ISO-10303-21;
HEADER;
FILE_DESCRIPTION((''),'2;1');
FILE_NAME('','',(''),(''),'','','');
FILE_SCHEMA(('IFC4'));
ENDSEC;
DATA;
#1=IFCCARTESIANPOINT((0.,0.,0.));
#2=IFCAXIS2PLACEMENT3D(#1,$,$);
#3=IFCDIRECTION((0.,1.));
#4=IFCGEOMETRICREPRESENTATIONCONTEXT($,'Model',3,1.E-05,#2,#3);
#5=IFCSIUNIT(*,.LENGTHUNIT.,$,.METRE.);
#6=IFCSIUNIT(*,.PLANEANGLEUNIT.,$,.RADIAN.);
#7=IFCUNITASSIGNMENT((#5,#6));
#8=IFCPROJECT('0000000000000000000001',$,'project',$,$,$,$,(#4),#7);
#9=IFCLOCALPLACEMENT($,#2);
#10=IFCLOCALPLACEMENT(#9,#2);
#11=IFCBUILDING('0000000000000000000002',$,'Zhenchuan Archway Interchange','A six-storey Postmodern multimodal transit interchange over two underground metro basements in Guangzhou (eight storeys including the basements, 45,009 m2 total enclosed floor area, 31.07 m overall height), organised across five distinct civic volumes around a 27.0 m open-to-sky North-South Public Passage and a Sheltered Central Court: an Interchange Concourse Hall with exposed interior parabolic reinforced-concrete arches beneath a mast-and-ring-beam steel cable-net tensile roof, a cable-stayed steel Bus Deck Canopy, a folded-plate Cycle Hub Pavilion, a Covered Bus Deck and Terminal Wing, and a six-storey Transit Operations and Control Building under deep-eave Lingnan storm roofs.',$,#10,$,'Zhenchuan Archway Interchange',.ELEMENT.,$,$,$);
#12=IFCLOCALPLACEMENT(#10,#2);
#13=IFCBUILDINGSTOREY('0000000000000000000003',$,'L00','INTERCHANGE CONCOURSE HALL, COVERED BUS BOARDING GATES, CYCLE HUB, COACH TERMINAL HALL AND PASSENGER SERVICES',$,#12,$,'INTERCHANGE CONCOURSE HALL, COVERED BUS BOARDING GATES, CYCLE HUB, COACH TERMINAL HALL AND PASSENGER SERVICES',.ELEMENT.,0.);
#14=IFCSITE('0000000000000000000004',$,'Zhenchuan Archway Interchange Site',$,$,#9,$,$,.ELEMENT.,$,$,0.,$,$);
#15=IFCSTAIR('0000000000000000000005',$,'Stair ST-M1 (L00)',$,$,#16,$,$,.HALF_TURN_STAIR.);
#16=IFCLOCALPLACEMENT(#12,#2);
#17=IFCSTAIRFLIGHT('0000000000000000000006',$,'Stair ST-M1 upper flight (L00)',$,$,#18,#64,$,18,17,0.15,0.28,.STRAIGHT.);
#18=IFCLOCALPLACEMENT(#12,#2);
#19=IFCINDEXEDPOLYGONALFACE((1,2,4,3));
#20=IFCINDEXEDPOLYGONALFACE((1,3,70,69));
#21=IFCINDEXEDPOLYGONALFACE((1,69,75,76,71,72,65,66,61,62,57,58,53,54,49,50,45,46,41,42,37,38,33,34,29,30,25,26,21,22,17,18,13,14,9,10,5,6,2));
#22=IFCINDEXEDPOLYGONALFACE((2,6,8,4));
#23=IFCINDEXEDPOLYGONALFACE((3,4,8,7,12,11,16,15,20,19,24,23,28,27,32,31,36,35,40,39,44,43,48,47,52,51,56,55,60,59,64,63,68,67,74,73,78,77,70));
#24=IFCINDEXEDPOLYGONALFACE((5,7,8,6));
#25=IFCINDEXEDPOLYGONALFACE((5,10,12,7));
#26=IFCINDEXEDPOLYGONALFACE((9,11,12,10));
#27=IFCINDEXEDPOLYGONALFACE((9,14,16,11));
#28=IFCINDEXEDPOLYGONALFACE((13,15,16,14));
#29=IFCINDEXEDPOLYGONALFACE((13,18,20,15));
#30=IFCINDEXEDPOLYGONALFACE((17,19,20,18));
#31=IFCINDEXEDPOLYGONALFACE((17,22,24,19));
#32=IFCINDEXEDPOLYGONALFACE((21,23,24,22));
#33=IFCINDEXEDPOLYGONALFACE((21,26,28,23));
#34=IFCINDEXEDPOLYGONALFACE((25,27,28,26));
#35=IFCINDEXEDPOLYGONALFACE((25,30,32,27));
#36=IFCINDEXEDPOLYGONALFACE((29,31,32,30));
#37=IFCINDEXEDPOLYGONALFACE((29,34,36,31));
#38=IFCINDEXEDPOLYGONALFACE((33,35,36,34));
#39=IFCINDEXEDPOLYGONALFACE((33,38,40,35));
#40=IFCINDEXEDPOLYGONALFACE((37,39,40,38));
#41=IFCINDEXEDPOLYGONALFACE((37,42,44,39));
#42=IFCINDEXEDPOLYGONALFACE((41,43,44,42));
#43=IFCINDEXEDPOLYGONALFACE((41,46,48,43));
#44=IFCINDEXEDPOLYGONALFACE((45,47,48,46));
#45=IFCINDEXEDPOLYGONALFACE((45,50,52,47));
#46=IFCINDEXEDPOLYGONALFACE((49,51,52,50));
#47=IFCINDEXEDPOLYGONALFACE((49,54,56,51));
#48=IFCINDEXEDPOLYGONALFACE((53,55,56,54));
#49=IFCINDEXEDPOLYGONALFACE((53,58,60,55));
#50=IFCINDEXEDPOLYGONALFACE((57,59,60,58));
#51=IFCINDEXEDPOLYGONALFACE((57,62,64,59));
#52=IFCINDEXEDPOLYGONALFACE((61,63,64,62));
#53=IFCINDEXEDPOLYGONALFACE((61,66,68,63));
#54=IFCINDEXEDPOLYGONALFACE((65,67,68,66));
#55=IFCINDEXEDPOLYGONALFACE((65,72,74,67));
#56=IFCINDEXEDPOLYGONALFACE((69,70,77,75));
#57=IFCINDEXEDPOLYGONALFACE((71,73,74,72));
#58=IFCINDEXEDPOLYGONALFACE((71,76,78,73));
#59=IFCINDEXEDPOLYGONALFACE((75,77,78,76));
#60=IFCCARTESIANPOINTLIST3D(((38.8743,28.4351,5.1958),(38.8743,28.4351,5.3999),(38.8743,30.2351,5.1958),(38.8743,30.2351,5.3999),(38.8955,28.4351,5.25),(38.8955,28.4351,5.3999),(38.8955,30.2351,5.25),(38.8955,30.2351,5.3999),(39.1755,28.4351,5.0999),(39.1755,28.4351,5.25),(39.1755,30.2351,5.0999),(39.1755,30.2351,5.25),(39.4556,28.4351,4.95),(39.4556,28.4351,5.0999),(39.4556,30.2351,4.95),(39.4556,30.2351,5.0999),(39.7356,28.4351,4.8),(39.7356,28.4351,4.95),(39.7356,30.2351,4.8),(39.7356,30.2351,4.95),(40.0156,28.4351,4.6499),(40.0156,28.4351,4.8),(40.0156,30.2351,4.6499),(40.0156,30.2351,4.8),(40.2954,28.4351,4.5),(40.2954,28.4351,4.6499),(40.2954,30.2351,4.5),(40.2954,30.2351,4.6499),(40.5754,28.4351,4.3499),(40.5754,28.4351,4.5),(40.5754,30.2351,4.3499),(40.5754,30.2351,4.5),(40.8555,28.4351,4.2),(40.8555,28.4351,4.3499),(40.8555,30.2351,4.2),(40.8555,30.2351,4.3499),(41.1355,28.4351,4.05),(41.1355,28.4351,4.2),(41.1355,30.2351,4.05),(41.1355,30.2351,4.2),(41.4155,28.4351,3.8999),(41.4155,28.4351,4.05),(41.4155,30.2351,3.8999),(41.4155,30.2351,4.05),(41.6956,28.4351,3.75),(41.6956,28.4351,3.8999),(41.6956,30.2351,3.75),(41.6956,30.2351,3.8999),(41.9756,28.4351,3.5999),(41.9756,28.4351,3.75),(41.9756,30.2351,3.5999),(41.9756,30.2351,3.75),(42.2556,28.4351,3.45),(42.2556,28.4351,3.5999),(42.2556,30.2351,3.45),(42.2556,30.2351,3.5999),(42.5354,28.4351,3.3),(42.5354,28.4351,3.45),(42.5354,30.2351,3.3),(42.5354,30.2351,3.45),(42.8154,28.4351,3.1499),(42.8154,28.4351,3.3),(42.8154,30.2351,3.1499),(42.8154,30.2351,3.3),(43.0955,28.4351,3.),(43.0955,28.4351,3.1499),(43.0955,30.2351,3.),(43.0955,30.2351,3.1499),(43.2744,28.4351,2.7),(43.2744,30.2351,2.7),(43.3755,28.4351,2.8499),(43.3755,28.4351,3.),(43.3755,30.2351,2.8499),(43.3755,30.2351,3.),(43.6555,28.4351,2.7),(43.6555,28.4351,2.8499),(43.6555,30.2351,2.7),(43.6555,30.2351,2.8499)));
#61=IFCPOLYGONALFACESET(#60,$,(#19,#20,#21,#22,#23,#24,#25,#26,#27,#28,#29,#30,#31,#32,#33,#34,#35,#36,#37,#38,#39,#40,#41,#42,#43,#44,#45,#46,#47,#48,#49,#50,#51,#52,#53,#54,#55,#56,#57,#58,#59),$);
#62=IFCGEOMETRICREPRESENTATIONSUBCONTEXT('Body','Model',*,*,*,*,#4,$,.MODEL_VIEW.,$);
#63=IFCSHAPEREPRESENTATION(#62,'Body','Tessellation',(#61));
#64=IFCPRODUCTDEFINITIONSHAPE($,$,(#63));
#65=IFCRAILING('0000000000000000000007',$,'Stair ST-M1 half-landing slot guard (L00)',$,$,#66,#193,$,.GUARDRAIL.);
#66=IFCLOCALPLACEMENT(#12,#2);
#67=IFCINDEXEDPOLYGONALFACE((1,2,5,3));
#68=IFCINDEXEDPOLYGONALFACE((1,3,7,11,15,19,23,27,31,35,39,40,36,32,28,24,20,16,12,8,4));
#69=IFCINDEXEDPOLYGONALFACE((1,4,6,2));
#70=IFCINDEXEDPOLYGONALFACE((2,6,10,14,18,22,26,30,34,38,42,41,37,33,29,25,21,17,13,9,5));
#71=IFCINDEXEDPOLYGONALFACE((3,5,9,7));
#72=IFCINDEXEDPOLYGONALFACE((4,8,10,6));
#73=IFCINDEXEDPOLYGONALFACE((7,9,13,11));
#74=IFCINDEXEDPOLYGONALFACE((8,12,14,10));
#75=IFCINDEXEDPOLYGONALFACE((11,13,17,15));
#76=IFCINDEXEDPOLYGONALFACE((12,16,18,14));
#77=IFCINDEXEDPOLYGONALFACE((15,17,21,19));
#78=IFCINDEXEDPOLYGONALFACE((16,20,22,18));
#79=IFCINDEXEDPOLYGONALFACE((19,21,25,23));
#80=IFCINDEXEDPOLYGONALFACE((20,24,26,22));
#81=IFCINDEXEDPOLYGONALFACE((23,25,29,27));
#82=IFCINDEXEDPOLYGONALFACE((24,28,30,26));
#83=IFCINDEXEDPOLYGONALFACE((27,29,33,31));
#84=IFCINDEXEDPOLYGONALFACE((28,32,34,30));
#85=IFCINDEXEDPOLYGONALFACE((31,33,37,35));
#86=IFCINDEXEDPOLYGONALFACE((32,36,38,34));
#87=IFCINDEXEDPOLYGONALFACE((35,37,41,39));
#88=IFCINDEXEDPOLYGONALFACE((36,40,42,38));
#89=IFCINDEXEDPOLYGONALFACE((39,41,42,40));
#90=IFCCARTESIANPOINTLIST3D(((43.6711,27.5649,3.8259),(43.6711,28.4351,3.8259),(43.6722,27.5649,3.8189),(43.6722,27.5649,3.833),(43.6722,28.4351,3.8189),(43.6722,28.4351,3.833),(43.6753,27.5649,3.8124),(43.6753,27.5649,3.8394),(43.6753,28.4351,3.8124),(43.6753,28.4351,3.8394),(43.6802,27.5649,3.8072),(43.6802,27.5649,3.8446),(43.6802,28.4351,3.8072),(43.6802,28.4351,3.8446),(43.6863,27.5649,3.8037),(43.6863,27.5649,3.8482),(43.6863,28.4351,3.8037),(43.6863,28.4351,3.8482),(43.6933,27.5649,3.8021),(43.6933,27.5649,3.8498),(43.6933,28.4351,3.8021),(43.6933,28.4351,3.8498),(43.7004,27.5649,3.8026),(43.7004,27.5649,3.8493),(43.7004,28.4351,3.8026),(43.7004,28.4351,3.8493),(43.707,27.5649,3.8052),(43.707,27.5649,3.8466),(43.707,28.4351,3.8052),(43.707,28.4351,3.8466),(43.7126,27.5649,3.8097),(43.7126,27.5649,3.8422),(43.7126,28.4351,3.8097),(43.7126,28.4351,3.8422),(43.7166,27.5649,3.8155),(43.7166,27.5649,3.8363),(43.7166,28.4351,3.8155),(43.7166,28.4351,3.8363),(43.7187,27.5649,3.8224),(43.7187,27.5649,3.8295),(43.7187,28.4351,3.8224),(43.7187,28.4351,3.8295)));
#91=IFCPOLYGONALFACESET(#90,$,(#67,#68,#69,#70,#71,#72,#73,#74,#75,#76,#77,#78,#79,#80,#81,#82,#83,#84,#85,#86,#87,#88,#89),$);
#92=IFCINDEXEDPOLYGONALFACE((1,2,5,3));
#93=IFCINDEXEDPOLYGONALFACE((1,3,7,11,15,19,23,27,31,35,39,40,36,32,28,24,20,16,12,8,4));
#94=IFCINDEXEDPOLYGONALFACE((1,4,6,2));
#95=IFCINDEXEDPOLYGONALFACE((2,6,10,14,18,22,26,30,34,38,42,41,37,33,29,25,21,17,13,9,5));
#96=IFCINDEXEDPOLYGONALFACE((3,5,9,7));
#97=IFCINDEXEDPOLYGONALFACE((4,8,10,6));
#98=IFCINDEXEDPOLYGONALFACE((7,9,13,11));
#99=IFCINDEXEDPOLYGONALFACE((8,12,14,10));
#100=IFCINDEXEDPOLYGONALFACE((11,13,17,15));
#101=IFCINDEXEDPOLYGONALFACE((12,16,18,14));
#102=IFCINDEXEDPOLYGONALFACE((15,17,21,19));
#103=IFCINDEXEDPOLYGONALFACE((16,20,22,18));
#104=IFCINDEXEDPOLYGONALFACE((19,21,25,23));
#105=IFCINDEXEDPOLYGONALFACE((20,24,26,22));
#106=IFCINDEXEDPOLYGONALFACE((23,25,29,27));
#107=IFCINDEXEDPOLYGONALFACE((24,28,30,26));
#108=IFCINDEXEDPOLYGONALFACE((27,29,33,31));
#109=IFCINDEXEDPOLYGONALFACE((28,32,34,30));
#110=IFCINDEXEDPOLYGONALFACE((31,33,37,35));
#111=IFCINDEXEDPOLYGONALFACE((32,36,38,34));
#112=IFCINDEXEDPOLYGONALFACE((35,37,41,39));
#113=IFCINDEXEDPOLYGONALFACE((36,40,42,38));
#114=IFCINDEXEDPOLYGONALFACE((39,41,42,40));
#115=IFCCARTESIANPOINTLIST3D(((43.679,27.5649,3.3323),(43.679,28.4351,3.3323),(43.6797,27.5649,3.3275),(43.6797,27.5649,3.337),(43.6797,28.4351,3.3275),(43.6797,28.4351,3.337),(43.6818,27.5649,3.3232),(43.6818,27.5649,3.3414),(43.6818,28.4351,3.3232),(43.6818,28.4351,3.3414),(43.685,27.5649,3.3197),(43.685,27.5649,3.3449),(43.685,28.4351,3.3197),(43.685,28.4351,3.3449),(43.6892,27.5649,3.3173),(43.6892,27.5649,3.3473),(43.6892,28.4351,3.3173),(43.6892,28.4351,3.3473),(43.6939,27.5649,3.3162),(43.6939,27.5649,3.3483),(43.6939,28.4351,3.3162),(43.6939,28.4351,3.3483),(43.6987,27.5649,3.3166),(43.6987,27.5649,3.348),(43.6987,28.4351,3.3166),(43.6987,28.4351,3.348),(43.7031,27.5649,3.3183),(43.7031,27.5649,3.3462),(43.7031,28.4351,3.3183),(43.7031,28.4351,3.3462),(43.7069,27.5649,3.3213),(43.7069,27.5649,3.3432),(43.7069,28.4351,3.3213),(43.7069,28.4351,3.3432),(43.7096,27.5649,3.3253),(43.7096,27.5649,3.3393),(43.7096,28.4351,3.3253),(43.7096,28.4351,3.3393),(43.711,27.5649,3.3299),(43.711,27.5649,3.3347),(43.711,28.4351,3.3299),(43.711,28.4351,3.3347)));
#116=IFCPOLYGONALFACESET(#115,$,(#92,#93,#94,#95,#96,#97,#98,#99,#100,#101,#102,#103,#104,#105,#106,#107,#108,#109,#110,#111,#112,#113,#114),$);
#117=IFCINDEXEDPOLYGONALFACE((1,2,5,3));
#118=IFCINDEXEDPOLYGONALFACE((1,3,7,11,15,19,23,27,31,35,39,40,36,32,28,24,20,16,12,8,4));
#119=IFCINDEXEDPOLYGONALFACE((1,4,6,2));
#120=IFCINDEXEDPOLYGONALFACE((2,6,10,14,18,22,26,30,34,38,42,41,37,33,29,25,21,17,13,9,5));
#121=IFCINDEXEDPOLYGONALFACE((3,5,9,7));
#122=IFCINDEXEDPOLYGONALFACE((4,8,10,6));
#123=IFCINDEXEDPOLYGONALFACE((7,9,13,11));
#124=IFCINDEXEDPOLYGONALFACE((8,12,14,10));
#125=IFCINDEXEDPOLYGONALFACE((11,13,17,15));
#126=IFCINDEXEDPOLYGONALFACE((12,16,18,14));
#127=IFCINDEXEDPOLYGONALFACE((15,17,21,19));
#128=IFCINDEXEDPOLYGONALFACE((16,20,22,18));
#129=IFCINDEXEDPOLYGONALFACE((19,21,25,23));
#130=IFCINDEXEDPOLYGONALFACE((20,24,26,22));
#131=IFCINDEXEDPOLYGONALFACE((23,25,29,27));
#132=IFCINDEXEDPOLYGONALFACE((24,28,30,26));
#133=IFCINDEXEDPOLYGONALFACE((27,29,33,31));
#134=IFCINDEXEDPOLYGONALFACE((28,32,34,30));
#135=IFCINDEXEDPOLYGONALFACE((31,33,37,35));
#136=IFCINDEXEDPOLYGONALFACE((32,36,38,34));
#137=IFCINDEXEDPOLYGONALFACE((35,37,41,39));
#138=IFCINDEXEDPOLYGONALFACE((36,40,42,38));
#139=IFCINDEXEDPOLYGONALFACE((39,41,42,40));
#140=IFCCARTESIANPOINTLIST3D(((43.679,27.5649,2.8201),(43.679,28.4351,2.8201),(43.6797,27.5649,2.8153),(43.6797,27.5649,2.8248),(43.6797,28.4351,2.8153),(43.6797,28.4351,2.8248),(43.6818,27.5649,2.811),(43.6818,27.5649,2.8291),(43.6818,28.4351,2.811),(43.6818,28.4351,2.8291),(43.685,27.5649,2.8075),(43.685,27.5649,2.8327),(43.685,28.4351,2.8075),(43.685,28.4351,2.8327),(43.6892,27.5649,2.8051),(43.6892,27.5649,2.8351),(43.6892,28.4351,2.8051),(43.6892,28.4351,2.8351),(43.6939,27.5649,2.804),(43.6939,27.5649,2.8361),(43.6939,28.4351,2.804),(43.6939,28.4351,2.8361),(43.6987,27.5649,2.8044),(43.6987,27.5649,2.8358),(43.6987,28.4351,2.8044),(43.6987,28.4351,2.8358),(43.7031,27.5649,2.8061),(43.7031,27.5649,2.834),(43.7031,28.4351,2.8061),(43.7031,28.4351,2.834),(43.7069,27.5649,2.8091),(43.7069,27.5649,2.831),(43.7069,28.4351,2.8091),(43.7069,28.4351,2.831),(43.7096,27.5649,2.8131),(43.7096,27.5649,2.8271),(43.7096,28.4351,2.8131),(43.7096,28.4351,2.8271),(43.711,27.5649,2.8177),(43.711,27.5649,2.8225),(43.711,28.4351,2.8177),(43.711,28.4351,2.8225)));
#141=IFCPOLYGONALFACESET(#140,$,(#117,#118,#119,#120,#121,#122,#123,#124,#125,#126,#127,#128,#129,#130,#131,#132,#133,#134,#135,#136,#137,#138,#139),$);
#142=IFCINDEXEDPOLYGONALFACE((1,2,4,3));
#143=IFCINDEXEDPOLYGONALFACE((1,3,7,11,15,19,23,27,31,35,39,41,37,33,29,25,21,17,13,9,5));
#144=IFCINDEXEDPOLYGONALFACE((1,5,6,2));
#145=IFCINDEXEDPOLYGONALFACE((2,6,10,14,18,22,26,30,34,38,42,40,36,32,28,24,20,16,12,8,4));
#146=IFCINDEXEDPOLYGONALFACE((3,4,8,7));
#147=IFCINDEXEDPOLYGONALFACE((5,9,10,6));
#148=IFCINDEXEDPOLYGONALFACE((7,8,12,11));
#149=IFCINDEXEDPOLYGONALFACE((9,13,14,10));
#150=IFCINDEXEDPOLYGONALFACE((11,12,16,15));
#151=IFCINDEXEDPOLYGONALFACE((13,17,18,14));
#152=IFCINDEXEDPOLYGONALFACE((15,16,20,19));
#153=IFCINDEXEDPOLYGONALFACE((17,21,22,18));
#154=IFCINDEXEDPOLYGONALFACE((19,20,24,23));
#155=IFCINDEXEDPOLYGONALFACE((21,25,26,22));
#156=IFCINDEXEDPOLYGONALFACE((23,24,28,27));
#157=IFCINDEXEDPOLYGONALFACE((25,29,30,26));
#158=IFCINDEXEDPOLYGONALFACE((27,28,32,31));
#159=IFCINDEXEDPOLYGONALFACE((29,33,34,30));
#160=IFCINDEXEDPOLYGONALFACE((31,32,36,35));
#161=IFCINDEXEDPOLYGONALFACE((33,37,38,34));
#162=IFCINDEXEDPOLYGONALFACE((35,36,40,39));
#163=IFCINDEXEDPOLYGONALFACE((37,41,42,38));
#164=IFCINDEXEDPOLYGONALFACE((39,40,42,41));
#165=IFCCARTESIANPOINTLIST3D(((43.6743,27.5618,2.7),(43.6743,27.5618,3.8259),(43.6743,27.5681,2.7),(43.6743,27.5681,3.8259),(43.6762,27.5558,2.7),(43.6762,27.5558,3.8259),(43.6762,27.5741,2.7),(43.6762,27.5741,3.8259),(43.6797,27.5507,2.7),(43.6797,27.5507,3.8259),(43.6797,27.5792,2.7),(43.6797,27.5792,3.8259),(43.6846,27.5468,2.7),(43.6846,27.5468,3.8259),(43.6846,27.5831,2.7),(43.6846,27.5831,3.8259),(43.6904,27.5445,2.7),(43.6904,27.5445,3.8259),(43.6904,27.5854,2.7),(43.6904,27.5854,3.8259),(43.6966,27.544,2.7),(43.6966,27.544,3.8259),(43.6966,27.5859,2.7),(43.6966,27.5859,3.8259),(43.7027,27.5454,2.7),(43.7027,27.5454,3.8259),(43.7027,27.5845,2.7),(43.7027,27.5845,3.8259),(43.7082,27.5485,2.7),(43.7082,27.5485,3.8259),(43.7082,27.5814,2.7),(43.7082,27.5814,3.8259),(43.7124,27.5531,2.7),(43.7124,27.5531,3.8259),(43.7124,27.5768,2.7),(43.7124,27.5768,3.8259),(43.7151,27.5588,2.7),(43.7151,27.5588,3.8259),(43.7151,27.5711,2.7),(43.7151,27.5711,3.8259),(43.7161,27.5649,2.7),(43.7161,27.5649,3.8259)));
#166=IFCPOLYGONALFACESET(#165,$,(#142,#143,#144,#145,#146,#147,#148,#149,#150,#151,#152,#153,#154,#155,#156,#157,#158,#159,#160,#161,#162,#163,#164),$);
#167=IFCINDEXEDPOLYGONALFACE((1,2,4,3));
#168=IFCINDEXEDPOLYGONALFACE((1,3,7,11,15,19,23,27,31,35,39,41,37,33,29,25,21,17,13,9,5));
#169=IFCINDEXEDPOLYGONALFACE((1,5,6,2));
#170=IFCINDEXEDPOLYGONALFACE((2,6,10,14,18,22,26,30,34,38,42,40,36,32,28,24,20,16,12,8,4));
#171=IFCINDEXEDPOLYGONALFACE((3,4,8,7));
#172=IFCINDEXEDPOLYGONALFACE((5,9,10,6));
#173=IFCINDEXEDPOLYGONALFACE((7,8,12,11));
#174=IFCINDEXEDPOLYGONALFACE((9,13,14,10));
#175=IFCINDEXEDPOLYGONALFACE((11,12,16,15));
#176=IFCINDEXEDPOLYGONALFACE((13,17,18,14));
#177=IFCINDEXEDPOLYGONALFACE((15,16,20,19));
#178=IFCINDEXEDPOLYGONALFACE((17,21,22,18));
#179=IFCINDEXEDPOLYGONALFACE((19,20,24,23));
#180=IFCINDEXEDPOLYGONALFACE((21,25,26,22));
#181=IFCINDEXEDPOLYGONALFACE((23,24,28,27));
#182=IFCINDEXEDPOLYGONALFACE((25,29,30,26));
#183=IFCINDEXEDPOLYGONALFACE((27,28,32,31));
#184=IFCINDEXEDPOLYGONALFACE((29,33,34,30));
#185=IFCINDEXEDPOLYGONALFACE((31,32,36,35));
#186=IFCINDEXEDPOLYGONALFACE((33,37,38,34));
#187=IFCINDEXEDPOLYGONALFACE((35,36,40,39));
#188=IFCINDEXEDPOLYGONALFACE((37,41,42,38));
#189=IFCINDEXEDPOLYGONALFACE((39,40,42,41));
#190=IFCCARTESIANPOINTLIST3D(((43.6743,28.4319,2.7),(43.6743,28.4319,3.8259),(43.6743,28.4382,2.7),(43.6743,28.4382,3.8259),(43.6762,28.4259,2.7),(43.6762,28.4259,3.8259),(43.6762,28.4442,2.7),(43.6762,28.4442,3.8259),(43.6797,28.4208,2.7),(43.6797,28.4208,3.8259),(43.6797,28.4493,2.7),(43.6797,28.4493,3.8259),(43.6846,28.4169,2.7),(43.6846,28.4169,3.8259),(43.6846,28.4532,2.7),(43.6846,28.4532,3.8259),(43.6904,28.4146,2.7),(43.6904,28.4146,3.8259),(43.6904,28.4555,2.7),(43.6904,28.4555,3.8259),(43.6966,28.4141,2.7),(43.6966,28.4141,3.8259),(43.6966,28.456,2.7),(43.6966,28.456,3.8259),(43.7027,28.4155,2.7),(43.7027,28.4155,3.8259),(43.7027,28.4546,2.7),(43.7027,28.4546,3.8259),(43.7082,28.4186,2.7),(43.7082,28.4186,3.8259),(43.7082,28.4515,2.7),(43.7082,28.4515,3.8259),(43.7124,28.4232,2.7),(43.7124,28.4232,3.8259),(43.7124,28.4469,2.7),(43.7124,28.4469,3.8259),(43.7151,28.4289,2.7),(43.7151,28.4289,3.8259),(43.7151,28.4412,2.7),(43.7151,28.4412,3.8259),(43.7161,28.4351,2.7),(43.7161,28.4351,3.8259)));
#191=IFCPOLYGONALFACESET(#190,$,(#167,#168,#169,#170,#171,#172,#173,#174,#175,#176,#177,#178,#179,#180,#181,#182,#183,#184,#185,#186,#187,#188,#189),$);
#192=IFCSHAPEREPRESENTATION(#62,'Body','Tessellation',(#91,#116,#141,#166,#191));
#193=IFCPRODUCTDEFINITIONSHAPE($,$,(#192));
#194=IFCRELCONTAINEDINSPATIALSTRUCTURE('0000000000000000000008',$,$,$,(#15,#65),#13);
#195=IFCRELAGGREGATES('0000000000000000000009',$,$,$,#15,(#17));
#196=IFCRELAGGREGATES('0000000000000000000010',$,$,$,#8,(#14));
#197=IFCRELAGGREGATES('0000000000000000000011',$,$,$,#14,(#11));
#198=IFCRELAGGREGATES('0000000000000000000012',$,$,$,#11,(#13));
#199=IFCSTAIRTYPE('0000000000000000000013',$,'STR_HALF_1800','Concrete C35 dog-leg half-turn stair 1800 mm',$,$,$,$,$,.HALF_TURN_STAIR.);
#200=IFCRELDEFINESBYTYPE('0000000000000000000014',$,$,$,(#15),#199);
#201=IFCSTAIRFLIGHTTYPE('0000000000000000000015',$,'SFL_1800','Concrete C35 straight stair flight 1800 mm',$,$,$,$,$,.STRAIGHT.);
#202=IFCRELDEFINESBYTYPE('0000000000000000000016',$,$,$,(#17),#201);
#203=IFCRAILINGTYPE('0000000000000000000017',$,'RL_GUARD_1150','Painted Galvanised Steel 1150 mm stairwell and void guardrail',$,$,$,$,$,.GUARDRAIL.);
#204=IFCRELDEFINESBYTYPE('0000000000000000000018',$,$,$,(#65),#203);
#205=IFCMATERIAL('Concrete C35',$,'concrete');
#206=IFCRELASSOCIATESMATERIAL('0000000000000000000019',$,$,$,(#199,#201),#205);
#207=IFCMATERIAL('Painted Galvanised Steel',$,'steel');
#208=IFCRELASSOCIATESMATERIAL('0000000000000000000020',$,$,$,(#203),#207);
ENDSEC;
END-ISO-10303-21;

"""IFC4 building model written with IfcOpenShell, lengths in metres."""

from ifc_helpers import new_model, si_unit, direction, frame, origin, origin_2d, place, context, subcontext, project, spatial, polyline, circle, outline, extrude, material, type_object, element, aggregate, save


model = new_model("IFC4")

# Units and contexts
model_context = context("Model", 3, precision=1e-05, world=origin(), true_north=direction((0.0, 1.0)))
body_context = subcontext(model_context, "Body", "Model", "MODEL_VIEW")
ifc_project = project(units=[si_unit("LENGTHUNIT", "METRE"), si_unit("PLANEANGLEUNIT", "RADIAN")], contexts=[model_context])

# Site, building, storey
site_placement = place(None, origin())
site = spatial("IfcSite", under=ifc_project, at=site_placement, Name="Zhenchuan Archway Interchange Site", CompositionType="ELEMENT", RefElevation=0.0)
building_placement = place(site_placement, origin())
building = spatial("IfcBuilding", under=site, at=building_placement, Name="Zhenchuan Archway Interchange", Description="A six-storey Postmodern multimodal transit interchange over two underground metro basements in Guangzhou (eight storeys including the basements, 45,009 m2 total enclosed floor area, 31.07 m overall height), organised across five distinct civic volumes around a 27.0 m open-to-sky North-South Public Passage and a Sheltered Central Court: an Interchange Concourse Hall with exposed interior parabolic reinforced-concrete arches beneath a mast-and-ring-beam steel cable-net tensile roof, a cable-stayed steel Bus Deck Canopy, a folded-plate Cycle Hub Pavilion, a Covered Bus Deck and Terminal Wing, and a six-storey Transit Operations and Control Building under deep-eave Lingnan storm roofs.", LongName="Zhenchuan Archway Interchange", CompositionType="ELEMENT")
storey_placement = place(building_placement, origin())
storey = spatial("IfcBuildingStorey", under=building, at=storey_placement, Name="L00", Description="INTERCHANGE CONCOURSE HALL, COVERED BUS BOARDING GATES, CYCLE HUB, COACH TERMINAL HALL AND PASSENGER SERVICES", LongName="INTERCHANGE CONCOURSE HALL, COVERED BUS BOARDING GATES, CYCLE HUB, COACH TERMINAL HALL AND PASSENGER SERVICES", CompositionType="ELEMENT", Elevation=0.0)

# Shared definitions
ifc_material_1 = material(Name="Painted Galvanised Steel", Category="steel")

# Shared definitions
ifc_material_2 = material(Name="Concrete C35", Category="concrete")

# Stair, stair flight
stair_type_1 = type_object("IfcStairType", Name="STR_HALF_1800", Description="Concrete C35 dog-leg half-turn stair 1800 mm", PredefinedType="HALF_TURN_STAIR", material=ifc_material_2)
stair_1_placement = place(storey_placement, origin())
stair_1 = element("IfcStair", 1, at=stair_1_placement, inside=storey, type_object=stair_type_1, Name="Stair ST-M1 (L00)", PredefinedType="HALF_TURN_STAIR")
stair_flight_type_1 = type_object("IfcStairFlightType", Name="SFL_1800", Description="Concrete C35 straight stair flight 1800 mm", PredefinedType="STRAIGHT", material=ifc_material_2)
stair_flight_1_placement = place(storey_placement, frame((43.6555, 29.335, 2.7), z_axis=(0.0, 0.0, 1.0), x_axis=(-1.0, 0.0, 0.0)))
stair_flight_1 = element("IfcStairFlight", 2, at=stair_flight_1_placement, type_object=stair_flight_type_1, Name="Stair ST-M1 upper flight (L00)", NumberOfRisers=18, NumberOfTreads=17, PredefinedType="STRAIGHT", RiserHeight=0.15, TreadLength=0.28, context=body_context, shape_type="SweptSolid", body=[
    extrude(outline(polyline([(0.0, 0.0), (0.0, 0.1499), (0.28, 0.1499), (0.28, 0.3), (0.5601, 0.3), (0.5601, 0.45), (0.8401, 0.45), (0.8401, 0.6001), (1.1201, 0.6001), (1.1201, 0.75), (1.3999, 0.75), (1.3999, 0.8999), (1.6799, 0.8999), (1.6799, 1.05), (1.96, 1.05), (1.96, 1.2), (2.24, 1.2), (2.24, 1.3501), (2.52, 1.3501), (2.52, 1.5), (2.8, 1.5), (2.8, 1.6499), (3.0801, 1.6499), (3.0801, 1.8), (3.3601, 1.8), (3.3601, 1.95), (3.6399, 1.95), (3.6399, 2.1001), (3.9199, 2.1001), (3.9199, 2.25), (4.2, 2.25), (4.2, 2.3999), (4.48, 2.3999), (4.48, 2.55), (4.76, 2.55), (4.76, 2.7), (4.7812, 2.7), (4.7812, 2.4958), (0.3811, 0.0), (0.0, 0.0)])), frame((0.0, 0.8999, 0.0), z_axis=(0.0, -1.0, 0.0), x_axis=(1.0, 0.0, 0.0)), (0.0, 0.0, 1.0), 1.8),
])
aggregate(stair_1, [stair_flight_1])

# Railing
railing_type_1 = type_object("IfcRailingType", Name="RL_GUARD_1150", Description="Painted Galvanised Steel 1150 mm stairwell and void guardrail", PredefinedType="GUARDRAIL", material=ifc_material_1)
railing_1_placement = place(storey_placement, frame((43.6951, 27.5649, 2.7)))
element("IfcRailing", 3, at=railing_1_placement, inside=storey, type_object=railing_type_1, Name="Stair ST-M1 half-landing slot guard (L00)", PredefinedType="GUARDRAIL", context=body_context, shape_type="SweptSolid", body=[
    extrude(circle(Radius=0.0239, at=origin_2d()), frame((0.0, 0.0, 1.126), z_axis=(0.0, 1.0, 0.0), x_axis=(-1.0, 0.0, 0.0)), (0.0, 0.0, 1.0), 0.8701),
    extrude(circle(Radius=0.0161, at=origin_2d()), frame((0.0, 0.0, 0.6323), z_axis=(0.0, 1.0, 0.0), x_axis=(-1.0, 0.0, 0.0)), (0.0, 0.0, 1.0), 0.8701),
    extrude(circle(Radius=0.0161, at=origin_2d()), frame((0.0, 0.0, 0.1201), z_axis=(0.0, 1.0, 0.0), x_axis=(-1.0, 0.0, 0.0)), (0.0, 0.0, 1.0), 0.8701),
    extrude(circle(Radius=0.021, at=origin_2d()), origin(), (0.0, 0.0, 1.0), 1.126),
    extrude(circle(Radius=0.021, at=origin_2d()), frame((0.0, 0.8701, 0.0)), (0.0, 0.0, 1.0), 1.126),
])

save(model, "model.ifc")
